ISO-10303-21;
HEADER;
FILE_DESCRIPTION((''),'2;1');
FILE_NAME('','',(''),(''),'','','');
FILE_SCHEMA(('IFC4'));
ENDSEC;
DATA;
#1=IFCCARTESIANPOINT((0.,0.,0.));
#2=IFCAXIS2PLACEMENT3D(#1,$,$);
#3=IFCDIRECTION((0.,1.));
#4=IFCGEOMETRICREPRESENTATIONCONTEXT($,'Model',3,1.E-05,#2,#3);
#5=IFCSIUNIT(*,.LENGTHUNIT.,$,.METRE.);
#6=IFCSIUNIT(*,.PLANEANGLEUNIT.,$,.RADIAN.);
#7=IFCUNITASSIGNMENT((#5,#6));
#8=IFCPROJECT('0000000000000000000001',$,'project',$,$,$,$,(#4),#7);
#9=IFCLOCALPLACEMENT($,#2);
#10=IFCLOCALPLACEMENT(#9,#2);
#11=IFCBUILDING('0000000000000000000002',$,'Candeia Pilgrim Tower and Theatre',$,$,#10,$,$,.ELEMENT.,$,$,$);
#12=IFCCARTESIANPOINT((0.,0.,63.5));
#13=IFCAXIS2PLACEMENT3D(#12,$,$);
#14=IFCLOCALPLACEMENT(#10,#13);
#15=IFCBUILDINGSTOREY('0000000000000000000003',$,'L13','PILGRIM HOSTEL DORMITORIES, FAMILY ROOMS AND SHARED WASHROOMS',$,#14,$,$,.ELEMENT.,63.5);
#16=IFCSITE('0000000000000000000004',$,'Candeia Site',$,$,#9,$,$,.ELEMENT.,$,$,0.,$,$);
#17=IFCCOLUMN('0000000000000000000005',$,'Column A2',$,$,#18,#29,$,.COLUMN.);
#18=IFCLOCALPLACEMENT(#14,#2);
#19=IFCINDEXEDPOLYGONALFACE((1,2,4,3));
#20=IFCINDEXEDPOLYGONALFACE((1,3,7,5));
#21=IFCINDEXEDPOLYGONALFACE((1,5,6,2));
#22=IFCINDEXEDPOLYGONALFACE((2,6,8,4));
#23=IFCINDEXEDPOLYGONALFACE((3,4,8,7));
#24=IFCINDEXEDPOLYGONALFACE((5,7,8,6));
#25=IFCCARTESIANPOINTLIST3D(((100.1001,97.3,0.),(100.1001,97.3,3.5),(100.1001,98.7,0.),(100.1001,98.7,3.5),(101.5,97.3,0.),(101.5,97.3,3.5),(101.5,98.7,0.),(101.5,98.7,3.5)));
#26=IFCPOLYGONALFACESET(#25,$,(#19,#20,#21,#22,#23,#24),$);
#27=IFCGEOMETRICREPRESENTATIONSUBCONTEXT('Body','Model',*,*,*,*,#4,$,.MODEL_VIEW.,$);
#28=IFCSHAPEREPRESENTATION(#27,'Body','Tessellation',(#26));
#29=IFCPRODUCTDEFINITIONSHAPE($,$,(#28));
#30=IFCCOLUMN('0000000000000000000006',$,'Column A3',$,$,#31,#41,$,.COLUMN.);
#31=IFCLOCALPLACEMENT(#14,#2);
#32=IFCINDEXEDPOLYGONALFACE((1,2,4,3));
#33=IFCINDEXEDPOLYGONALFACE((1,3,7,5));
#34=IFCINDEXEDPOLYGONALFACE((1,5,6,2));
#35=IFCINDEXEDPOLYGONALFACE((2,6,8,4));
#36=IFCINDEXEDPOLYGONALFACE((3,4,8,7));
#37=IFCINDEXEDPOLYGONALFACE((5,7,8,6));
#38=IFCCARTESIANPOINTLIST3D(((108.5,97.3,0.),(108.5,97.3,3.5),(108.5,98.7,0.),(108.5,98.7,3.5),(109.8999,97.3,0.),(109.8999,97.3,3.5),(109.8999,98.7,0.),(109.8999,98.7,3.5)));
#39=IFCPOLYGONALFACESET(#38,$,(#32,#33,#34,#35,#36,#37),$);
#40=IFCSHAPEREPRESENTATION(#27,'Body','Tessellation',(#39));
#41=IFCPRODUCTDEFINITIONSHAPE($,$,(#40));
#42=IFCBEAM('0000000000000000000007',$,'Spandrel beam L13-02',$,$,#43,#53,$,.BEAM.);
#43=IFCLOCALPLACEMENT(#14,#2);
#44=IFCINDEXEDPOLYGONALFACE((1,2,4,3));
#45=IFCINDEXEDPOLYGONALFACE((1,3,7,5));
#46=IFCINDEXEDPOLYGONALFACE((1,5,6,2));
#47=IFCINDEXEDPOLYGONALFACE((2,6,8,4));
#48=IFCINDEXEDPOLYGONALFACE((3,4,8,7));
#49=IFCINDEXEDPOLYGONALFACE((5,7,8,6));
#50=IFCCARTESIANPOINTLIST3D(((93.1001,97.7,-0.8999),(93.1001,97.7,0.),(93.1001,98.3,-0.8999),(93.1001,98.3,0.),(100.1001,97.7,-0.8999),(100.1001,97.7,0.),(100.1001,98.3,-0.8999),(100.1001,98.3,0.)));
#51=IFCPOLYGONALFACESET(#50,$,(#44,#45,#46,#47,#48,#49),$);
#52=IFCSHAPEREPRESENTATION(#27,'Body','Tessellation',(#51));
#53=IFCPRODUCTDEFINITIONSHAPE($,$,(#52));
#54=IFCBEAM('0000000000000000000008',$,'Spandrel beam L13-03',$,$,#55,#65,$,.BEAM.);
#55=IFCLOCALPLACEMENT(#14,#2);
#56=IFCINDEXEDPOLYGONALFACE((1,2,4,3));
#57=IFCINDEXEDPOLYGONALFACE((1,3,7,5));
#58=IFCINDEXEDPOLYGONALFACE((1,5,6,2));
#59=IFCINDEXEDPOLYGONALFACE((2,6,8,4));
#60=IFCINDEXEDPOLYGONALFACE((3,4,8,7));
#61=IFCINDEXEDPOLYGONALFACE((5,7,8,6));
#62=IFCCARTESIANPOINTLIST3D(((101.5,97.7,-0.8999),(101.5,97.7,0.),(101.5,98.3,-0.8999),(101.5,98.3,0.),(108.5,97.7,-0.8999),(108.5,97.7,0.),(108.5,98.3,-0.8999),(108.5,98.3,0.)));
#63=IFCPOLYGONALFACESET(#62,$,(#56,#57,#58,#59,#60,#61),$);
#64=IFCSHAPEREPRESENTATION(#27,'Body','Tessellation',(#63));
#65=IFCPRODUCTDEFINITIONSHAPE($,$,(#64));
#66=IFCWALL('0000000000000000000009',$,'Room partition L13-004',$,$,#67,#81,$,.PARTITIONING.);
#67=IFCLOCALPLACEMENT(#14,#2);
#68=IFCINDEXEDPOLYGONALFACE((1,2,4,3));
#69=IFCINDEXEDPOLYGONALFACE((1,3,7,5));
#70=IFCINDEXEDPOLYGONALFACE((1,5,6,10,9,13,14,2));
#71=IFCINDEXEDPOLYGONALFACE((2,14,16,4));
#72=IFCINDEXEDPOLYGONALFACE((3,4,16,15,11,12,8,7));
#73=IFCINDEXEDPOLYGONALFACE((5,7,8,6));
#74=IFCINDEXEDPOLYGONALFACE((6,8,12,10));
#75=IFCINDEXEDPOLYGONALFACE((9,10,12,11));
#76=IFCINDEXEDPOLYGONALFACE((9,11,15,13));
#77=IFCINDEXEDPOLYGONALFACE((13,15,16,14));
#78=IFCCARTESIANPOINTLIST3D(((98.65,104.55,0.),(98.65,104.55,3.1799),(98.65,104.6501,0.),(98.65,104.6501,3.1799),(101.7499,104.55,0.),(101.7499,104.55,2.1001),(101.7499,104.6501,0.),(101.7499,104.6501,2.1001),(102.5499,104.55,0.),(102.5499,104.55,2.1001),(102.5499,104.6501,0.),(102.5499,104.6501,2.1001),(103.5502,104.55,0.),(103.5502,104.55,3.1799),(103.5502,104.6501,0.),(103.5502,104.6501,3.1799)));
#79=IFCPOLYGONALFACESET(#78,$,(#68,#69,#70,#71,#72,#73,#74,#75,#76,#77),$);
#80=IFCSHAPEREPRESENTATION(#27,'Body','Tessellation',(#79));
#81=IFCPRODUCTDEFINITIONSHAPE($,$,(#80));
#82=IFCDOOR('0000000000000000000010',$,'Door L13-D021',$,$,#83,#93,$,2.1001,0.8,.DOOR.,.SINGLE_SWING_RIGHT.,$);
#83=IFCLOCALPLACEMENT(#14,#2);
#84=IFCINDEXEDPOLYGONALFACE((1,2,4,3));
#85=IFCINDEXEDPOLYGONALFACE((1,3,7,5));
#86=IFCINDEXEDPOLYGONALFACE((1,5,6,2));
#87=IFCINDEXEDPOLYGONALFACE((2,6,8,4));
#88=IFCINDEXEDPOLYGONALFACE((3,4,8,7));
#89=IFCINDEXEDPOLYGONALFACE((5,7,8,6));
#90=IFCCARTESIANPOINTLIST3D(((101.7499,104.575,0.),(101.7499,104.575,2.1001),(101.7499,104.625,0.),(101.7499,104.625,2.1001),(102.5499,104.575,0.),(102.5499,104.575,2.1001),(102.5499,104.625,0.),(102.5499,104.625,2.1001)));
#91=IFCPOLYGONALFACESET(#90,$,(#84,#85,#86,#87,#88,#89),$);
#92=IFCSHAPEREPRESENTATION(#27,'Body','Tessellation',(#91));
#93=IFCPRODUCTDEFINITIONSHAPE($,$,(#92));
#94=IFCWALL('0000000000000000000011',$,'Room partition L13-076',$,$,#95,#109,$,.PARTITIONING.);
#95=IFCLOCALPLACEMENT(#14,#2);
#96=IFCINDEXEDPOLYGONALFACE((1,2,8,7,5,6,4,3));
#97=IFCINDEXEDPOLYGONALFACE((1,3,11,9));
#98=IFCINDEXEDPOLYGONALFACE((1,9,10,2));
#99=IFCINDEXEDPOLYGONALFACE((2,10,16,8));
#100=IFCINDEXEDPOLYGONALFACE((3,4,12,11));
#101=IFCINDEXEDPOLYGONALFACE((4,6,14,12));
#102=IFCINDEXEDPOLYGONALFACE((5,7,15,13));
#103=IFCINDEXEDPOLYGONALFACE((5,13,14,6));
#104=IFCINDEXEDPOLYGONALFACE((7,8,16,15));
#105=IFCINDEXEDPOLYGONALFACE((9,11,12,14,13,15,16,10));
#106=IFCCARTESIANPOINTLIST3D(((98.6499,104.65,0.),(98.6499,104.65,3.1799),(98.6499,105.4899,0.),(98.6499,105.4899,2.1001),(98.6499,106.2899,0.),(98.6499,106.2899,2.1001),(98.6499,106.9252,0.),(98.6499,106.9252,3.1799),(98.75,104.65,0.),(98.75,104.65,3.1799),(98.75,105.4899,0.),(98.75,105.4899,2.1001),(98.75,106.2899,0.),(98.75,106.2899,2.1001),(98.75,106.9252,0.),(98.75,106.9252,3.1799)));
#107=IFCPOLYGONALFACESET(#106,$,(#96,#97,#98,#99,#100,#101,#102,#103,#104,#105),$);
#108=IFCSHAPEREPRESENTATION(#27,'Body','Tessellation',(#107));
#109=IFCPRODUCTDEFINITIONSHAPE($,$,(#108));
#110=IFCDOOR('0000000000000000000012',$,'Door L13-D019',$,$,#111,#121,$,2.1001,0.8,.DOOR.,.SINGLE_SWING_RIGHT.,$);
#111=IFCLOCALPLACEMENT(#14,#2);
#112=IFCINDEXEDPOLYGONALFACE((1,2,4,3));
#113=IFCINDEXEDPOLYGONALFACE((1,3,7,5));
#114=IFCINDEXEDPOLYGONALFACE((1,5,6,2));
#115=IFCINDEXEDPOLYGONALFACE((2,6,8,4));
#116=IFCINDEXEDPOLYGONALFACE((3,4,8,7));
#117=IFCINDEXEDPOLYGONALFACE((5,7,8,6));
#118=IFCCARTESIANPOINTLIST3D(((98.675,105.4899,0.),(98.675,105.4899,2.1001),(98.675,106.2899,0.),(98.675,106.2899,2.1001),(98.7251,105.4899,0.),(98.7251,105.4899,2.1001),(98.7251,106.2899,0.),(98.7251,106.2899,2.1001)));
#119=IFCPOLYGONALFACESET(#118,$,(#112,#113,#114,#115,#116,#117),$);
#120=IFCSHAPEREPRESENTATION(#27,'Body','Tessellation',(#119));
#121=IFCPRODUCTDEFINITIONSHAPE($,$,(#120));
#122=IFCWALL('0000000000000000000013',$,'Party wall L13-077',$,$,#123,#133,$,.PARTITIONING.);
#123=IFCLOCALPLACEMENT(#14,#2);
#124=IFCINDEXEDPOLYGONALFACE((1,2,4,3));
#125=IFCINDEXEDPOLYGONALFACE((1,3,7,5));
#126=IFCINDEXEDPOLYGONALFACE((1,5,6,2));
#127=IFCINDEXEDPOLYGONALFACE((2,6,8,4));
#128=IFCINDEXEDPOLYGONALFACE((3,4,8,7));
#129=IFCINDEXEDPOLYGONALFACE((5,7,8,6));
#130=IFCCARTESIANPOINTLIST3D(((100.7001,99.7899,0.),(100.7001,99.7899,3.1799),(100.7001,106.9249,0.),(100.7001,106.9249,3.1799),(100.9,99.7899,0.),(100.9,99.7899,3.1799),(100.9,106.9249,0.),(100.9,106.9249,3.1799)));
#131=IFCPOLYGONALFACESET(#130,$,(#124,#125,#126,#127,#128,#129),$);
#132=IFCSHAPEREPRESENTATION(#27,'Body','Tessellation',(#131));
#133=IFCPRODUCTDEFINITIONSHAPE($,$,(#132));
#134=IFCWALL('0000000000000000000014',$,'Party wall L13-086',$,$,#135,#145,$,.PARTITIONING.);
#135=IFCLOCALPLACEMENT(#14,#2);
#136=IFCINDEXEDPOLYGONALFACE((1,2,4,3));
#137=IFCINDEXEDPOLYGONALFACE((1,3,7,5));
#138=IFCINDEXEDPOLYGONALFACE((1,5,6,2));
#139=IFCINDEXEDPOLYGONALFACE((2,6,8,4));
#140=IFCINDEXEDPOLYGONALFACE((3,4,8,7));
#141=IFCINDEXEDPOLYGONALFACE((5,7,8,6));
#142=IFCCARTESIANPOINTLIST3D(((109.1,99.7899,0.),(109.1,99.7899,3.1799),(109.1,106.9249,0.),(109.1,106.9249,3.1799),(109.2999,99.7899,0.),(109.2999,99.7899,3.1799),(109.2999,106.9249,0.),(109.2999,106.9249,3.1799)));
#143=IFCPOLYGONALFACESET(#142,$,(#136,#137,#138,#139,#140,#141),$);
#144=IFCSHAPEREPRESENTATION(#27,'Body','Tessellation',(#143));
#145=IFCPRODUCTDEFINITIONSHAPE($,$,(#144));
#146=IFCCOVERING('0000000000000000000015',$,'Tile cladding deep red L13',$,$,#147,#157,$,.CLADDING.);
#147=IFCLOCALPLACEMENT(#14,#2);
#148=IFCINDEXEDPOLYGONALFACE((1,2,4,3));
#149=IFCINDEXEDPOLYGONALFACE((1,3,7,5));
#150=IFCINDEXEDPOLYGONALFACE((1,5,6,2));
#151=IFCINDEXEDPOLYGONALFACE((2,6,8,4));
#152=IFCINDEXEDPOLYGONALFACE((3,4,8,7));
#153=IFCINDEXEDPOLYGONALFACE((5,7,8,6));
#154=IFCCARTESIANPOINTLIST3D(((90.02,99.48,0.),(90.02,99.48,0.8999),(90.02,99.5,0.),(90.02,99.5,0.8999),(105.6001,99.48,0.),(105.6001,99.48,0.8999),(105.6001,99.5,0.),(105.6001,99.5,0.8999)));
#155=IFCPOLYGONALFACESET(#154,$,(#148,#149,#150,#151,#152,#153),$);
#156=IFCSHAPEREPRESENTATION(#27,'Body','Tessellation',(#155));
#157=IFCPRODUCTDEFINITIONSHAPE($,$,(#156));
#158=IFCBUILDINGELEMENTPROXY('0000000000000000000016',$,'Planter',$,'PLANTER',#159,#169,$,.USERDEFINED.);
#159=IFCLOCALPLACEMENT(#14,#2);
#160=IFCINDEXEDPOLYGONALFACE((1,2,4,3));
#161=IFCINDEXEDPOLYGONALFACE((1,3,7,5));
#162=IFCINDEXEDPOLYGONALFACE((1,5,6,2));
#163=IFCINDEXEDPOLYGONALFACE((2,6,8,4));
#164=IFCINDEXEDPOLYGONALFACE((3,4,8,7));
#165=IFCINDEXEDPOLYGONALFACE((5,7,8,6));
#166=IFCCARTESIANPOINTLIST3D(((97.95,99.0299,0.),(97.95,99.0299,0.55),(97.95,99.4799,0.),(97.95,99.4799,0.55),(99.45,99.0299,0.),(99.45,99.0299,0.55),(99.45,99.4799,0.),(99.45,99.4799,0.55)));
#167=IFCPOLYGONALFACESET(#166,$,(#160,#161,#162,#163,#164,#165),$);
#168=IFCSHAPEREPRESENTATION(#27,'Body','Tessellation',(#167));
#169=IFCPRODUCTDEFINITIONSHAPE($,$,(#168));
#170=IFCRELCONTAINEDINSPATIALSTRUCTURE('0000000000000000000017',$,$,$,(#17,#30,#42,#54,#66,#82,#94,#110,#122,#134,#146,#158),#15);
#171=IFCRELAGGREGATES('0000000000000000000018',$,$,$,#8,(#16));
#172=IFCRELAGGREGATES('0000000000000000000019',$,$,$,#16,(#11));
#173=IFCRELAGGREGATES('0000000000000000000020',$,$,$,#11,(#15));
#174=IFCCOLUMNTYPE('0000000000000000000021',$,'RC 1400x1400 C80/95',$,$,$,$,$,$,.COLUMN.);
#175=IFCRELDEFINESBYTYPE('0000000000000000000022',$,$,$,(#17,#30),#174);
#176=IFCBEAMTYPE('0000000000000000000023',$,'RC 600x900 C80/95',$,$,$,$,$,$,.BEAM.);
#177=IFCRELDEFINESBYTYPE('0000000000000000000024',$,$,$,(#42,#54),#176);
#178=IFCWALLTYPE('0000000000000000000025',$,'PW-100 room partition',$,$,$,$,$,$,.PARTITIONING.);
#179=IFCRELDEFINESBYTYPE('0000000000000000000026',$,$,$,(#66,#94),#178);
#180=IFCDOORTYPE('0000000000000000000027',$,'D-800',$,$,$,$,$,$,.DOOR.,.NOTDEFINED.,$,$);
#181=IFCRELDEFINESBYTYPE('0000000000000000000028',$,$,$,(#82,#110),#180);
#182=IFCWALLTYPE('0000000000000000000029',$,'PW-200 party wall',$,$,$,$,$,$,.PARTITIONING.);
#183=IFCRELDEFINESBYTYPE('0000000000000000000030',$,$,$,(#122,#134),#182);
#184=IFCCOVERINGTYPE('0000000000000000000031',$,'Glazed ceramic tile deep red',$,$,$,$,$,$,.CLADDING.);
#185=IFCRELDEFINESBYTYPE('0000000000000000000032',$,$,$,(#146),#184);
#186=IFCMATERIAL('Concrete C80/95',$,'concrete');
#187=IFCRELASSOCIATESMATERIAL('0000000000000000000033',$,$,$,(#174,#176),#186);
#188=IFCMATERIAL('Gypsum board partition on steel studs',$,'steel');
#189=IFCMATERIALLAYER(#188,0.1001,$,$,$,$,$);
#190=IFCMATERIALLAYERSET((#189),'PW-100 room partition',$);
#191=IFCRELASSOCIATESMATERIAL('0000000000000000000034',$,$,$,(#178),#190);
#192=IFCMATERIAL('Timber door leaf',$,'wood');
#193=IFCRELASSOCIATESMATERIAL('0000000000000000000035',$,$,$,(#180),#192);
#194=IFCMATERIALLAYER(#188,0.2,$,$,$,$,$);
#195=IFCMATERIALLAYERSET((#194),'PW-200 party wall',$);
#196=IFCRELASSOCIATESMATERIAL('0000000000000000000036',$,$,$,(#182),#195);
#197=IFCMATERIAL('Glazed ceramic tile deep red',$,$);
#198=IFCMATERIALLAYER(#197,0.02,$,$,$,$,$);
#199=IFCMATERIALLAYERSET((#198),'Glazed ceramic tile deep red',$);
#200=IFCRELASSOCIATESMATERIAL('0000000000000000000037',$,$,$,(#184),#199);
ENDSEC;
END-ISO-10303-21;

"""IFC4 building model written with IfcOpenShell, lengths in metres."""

from ifc_helpers import new_model, si_unit, direction, frame, frame_2d, origin, origin_2d, place, context, subcontext, project, spatial, rectangle, extrude, material, layer, layer_set, material_profile, profile_set, type_object, element, fill, save


model = new_model("IFC4")

# Units and contexts
model_context = context("Model", 3, precision=1e-05, world=origin(), true_north=direction((0.0, 1.0)))
body_context = subcontext(model_context, "Body", "Model", "MODEL_VIEW")
ifc_project = project(units=[si_unit("LENGTHUNIT", "METRE"), si_unit("PLANEANGLEUNIT", "RADIAN")], contexts=[model_context])

# Site, building, storey
site_placement = place(None, origin())
site = spatial("IfcSite", under=ifc_project, at=site_placement, Name="Candeia Site", CompositionType="ELEMENT", RefElevation=0.0)
building_placement = place(site_placement, origin())
building = spatial("IfcBuilding", under=site, at=building_placement, Name="Candeia Pilgrim Tower and Theatre", CompositionType="ELEMENT")
storey_placement = place(building_placement, frame((0.0, 0.0, 63.5)))
storey = spatial("IfcBuildingStorey", under=building, at=storey_placement, Name="L13", Description="PILGRIM HOSTEL DORMITORIES, FAMILY ROOMS AND SHARED WASHROOMS", CompositionType="ELEMENT", Elevation=63.5)

# Columns
ifc_material_1 = material(Name="Concrete C80/95", Category="concrete")
ifc_material_profile_1 = material_profile(ifc_material_1, rectangle(XDim=1.3999, YDim=1.3999, at=origin_2d()))
ifc_profile_set_1 = profile_set([ifc_material_profile_1], Name="Concrete C80/95")
column_type = type_object("IfcColumnType", Name="RC 1400x1400 C80/95", PredefinedType="COLUMN", material=ifc_profile_set_1)
for number, where, z_axis, x_axis, name in (
    (1, (100.8, 98.0, 0.0), (0.0, 0.0, 1.0), (1.0, 0.0, 0.0), "Column A2"),
    (2, (109.2, 98.0, 0.0), (0.0, 0.0, 1.0), (1.0, 0.0, 0.0), "Column A3"),
):
    element("IfcColumn", number, at=place(storey_placement, frame(where, z_axis=z_axis, x_axis=x_axis)), inside=storey, type_object=column_type, Name=name, PredefinedType="COLUMN", context=body_context, shape_type="SweptSolid", body=[
        extrude(rectangle(XDim=1.3999, YDim=1.3999, at=origin_2d()), origin(), (0.0, 0.0, 1.0), 3.5),
    ])

# Beams
ifc_material_profile_2 = material_profile(ifc_material_1, rectangle(XDim=0.6001, YDim=0.8999, at=origin_2d()))
ifc_profile_set_2 = profile_set([ifc_material_profile_2], Name="Concrete C80/95")
beam_type = type_object("IfcBeamType", Name="RC 600x900 C80/95", PredefinedType="BEAM", material=ifc_profile_set_2)
for number, where, z_axis, x_axis, name in (
    (3, (93.1001, 98.0, -0.45), (1.0, 0.0, 0.0), (0.0, 1.0, 0.0), "Spandrel beam L13-02"),
    (4, (101.5, 98.0, -0.45), (1.0, 0.0, 0.0), (0.0, 1.0, 0.0), "Spandrel beam L13-03"),
):
    element("IfcBeam", number, at=place(storey_placement, frame(where, z_axis=z_axis, x_axis=x_axis)), inside=storey, type_object=beam_type, Name=name, PredefinedType="BEAM", context=body_context, shape_type="SweptSolid", body=[
        extrude(rectangle(XDim=0.6001, YDim=0.8999, at=origin_2d()), origin(), (0.0, 0.0, 1.0), 7.0),
    ])

# Walls, openings, doors
ifc_material_2 = material(Name="Gypsum board partition on steel studs", Category="steel")
ifc_layer_1 = layer(ifc_material_2, 0.1001)
ifc_layer_set_1 = layer_set([ifc_layer_1], Name="PW-100 room partition")
wall_type_1 = type_object("IfcWallType", Name="PW-100 room partition", PredefinedType="PARTITIONING", material=ifc_layer_set_1)
wall_1_placement = place(storey_placement, frame((98.6499, 104.6001, 0.0), z_axis=(0.0, 0.0, 1.0), x_axis=(1.0, 0.0, 0.0)))
wall_1 = element("IfcWall", 5, at=wall_1_placement, inside=storey, type_object=wall_type_1, Name="Room partition L13-004", PredefinedType="PARTITIONING", context=body_context, shape_type="SweptSolid", body=[
    extrude(rectangle(XDim=4.9001, YDim=0.1001, at=frame_2d((2.4502, 0.0))), origin(), (0.0, 0.0, 1.0), 3.1799),
])
opening_1_placement = place(wall_1_placement, frame((3.1001, 0.0, 0.0)))
opening_1 = element("IfcOpeningElement", 6, at=opening_1_placement, cuts=wall_1, PredefinedType="OPENING", context=body_context, shape_type="SweptSolid", body=[
    extrude(rectangle(XDim=0.8, YDim=2.1001, at=frame_2d((0.3999, 1.05))), frame((0.0, 0.0601, 0.0), z_axis=(0.0, -1.0, 0.0), x_axis=(1.0, 0.0, 0.0)), (0.0, 0.0, 1.0), 0.1201),
])
ifc_material_3 = material(Name="Timber door leaf", Category="wood")
door_type = type_object("IfcDoorType", Name="D-800", OperationType="NOTDEFINED", PredefinedType="DOOR", material=ifc_material_3)
door_1_placement = place(opening_1_placement, origin())
door_1 = element("IfcDoor", 7, at=door_1_placement, inside=storey, type_object=door_type, Name="Door L13-D021", OperationType="SINGLE_SWING_RIGHT", OverallHeight=2.1001, OverallWidth=0.8, PredefinedType="DOOR", context=body_context, shape_type="SweptSolid", body=[
    extrude(rectangle(XDim=0.8, YDim=2.1001, at=frame_2d((0.3999, 1.05))), frame((0.0, 0.0249, 0.0), z_axis=(0.0, -1.0, 0.0), x_axis=(1.0, 0.0, 0.0)), (0.0, 0.0, 1.0), 0.05),
])
fill(opening_1, door_1)
wall_2_placement = place(storey_placement, frame((98.7, 104.6499, 0.0), z_axis=(0.0, 0.0, 1.0), x_axis=(0.0, 1.0, 0.0)))
wall_2 = element("IfcWall", 8, at=wall_2_placement, inside=storey, type_object=wall_type_1, Name="Room partition L13-076", PredefinedType="PARTITIONING", context=body_context, shape_type="SweptSolid", body=[
    extrude(rectangle(XDim=2.2751, YDim=0.1001, at=frame_2d((1.1377, 0.0))), origin(), (0.0, 0.0, 1.0), 3.1799),
])
opening_2_placement = place(wall_2_placement, frame((0.8401, 0.0, 0.0)))
opening_2 = element("IfcOpeningElement", 9, at=opening_2_placement, cuts=wall_2, PredefinedType="OPENING", context=body_context, shape_type="SweptSolid", body=[
    extrude(rectangle(XDim=0.8, YDim=2.1001, at=frame_2d((0.3999, 1.05))), frame((0.0, 0.0601, 0.0), z_axis=(0.0, -1.0, 0.0), x_axis=(1.0, 0.0, 0.0)), (0.0, 0.0, 1.0), 0.1201),
])
door_2_placement = place(opening_2_placement, origin())
door_2 = element("IfcDoor", 10, at=door_2_placement, inside=storey, type_object=door_type, Name="Door L13-D019", OperationType="SINGLE_SWING_RIGHT", OverallHeight=2.1001, OverallWidth=0.8, PredefinedType="DOOR", context=body_context, shape_type="SweptSolid", body=[
    extrude(rectangle(XDim=0.8, YDim=2.1001, at=frame_2d((0.3999, 1.05))), frame((0.0, 0.0249, 0.0), z_axis=(0.0, -1.0, 0.0), x_axis=(1.0, 0.0, 0.0)), (0.0, 0.0, 1.0), 0.05),
])
fill(opening_2, door_2)

# Walls
ifc_layer_2 = layer(ifc_material_2, 0.2)
ifc_layer_set_2 = layer_set([ifc_layer_2], Name="PW-200 party wall")
wall_type_2 = type_object("IfcWallType", Name="PW-200 party wall", PredefinedType="PARTITIONING", material=ifc_layer_set_2)
for number, where, z_axis, x_axis, name in (
    (11, (100.8, 99.79, 0.0), (0.0, 0.0, 1.0), (0.0, 1.0, 0.0), "Party wall L13-077"),
    (12, (109.2, 99.79, 0.0), (0.0, 0.0, 1.0), (0.0, 1.0, 0.0), "Party wall L13-086"),
):
    element("IfcWall", number, at=place(storey_placement, frame(where, z_axis=z_axis, x_axis=x_axis)), inside=storey, type_object=wall_type_2, Name=name, PredefinedType="PARTITIONING", context=body_context, shape_type="SweptSolid", body=[
        extrude(rectangle(XDim=7.135, YDim=0.2, at=frame_2d((3.5674, 0.0))), origin(), (0.0, 0.0, 1.0), 3.1799),
    ])

# Covering
ifc_material_4 = material(Name="Glazed ceramic tile deep red")
ifc_layer_3 = layer(ifc_material_4, 0.02)
ifc_layer_set_3 = layer_set([ifc_layer_3], Name="Glazed ceramic tile deep red")
covering_type = type_object("IfcCoveringType", Name="Glazed ceramic tile deep red", PredefinedType="CLADDING", material=ifc_layer_set_3)
covering_placement = place(storey_placement, frame((97.8101, 99.49, 0.0), z_axis=(0.0, 0.0, 1.0), x_axis=(1.0, 0.0, 0.0)))
element("IfcCovering", 13, at=covering_placement, inside=storey, type_object=covering_type, Name="Tile cladding deep red L13", PredefinedType="CLADDING", context=body_context, shape_type="SweptSolid", body=[
    extrude(rectangle(XDim=15.5801, YDim=0.02, at=origin_2d()), origin(), (0.0, 0.0, 1.0), 0.8999),
])

# Building element proxy
proxy_placement = place(storey_placement, frame((98.7, 99.2549, 0.0), z_axis=(0.0, 0.0, 1.0), x_axis=(1.0, 0.0, 0.0)))
element("IfcBuildingElementProxy", 14, at=proxy_placement, inside=storey, Name="Planter", ObjectType="PLANTER", PredefinedType="USERDEFINED", context=body_context, shape_type="SweptSolid", body=[
    extrude(rectangle(XDim=1.5, YDim=0.45, at=origin_2d()), origin(), (0.0, 0.0, 1.0), 0.55),
])

save(model, "model.ifc")
